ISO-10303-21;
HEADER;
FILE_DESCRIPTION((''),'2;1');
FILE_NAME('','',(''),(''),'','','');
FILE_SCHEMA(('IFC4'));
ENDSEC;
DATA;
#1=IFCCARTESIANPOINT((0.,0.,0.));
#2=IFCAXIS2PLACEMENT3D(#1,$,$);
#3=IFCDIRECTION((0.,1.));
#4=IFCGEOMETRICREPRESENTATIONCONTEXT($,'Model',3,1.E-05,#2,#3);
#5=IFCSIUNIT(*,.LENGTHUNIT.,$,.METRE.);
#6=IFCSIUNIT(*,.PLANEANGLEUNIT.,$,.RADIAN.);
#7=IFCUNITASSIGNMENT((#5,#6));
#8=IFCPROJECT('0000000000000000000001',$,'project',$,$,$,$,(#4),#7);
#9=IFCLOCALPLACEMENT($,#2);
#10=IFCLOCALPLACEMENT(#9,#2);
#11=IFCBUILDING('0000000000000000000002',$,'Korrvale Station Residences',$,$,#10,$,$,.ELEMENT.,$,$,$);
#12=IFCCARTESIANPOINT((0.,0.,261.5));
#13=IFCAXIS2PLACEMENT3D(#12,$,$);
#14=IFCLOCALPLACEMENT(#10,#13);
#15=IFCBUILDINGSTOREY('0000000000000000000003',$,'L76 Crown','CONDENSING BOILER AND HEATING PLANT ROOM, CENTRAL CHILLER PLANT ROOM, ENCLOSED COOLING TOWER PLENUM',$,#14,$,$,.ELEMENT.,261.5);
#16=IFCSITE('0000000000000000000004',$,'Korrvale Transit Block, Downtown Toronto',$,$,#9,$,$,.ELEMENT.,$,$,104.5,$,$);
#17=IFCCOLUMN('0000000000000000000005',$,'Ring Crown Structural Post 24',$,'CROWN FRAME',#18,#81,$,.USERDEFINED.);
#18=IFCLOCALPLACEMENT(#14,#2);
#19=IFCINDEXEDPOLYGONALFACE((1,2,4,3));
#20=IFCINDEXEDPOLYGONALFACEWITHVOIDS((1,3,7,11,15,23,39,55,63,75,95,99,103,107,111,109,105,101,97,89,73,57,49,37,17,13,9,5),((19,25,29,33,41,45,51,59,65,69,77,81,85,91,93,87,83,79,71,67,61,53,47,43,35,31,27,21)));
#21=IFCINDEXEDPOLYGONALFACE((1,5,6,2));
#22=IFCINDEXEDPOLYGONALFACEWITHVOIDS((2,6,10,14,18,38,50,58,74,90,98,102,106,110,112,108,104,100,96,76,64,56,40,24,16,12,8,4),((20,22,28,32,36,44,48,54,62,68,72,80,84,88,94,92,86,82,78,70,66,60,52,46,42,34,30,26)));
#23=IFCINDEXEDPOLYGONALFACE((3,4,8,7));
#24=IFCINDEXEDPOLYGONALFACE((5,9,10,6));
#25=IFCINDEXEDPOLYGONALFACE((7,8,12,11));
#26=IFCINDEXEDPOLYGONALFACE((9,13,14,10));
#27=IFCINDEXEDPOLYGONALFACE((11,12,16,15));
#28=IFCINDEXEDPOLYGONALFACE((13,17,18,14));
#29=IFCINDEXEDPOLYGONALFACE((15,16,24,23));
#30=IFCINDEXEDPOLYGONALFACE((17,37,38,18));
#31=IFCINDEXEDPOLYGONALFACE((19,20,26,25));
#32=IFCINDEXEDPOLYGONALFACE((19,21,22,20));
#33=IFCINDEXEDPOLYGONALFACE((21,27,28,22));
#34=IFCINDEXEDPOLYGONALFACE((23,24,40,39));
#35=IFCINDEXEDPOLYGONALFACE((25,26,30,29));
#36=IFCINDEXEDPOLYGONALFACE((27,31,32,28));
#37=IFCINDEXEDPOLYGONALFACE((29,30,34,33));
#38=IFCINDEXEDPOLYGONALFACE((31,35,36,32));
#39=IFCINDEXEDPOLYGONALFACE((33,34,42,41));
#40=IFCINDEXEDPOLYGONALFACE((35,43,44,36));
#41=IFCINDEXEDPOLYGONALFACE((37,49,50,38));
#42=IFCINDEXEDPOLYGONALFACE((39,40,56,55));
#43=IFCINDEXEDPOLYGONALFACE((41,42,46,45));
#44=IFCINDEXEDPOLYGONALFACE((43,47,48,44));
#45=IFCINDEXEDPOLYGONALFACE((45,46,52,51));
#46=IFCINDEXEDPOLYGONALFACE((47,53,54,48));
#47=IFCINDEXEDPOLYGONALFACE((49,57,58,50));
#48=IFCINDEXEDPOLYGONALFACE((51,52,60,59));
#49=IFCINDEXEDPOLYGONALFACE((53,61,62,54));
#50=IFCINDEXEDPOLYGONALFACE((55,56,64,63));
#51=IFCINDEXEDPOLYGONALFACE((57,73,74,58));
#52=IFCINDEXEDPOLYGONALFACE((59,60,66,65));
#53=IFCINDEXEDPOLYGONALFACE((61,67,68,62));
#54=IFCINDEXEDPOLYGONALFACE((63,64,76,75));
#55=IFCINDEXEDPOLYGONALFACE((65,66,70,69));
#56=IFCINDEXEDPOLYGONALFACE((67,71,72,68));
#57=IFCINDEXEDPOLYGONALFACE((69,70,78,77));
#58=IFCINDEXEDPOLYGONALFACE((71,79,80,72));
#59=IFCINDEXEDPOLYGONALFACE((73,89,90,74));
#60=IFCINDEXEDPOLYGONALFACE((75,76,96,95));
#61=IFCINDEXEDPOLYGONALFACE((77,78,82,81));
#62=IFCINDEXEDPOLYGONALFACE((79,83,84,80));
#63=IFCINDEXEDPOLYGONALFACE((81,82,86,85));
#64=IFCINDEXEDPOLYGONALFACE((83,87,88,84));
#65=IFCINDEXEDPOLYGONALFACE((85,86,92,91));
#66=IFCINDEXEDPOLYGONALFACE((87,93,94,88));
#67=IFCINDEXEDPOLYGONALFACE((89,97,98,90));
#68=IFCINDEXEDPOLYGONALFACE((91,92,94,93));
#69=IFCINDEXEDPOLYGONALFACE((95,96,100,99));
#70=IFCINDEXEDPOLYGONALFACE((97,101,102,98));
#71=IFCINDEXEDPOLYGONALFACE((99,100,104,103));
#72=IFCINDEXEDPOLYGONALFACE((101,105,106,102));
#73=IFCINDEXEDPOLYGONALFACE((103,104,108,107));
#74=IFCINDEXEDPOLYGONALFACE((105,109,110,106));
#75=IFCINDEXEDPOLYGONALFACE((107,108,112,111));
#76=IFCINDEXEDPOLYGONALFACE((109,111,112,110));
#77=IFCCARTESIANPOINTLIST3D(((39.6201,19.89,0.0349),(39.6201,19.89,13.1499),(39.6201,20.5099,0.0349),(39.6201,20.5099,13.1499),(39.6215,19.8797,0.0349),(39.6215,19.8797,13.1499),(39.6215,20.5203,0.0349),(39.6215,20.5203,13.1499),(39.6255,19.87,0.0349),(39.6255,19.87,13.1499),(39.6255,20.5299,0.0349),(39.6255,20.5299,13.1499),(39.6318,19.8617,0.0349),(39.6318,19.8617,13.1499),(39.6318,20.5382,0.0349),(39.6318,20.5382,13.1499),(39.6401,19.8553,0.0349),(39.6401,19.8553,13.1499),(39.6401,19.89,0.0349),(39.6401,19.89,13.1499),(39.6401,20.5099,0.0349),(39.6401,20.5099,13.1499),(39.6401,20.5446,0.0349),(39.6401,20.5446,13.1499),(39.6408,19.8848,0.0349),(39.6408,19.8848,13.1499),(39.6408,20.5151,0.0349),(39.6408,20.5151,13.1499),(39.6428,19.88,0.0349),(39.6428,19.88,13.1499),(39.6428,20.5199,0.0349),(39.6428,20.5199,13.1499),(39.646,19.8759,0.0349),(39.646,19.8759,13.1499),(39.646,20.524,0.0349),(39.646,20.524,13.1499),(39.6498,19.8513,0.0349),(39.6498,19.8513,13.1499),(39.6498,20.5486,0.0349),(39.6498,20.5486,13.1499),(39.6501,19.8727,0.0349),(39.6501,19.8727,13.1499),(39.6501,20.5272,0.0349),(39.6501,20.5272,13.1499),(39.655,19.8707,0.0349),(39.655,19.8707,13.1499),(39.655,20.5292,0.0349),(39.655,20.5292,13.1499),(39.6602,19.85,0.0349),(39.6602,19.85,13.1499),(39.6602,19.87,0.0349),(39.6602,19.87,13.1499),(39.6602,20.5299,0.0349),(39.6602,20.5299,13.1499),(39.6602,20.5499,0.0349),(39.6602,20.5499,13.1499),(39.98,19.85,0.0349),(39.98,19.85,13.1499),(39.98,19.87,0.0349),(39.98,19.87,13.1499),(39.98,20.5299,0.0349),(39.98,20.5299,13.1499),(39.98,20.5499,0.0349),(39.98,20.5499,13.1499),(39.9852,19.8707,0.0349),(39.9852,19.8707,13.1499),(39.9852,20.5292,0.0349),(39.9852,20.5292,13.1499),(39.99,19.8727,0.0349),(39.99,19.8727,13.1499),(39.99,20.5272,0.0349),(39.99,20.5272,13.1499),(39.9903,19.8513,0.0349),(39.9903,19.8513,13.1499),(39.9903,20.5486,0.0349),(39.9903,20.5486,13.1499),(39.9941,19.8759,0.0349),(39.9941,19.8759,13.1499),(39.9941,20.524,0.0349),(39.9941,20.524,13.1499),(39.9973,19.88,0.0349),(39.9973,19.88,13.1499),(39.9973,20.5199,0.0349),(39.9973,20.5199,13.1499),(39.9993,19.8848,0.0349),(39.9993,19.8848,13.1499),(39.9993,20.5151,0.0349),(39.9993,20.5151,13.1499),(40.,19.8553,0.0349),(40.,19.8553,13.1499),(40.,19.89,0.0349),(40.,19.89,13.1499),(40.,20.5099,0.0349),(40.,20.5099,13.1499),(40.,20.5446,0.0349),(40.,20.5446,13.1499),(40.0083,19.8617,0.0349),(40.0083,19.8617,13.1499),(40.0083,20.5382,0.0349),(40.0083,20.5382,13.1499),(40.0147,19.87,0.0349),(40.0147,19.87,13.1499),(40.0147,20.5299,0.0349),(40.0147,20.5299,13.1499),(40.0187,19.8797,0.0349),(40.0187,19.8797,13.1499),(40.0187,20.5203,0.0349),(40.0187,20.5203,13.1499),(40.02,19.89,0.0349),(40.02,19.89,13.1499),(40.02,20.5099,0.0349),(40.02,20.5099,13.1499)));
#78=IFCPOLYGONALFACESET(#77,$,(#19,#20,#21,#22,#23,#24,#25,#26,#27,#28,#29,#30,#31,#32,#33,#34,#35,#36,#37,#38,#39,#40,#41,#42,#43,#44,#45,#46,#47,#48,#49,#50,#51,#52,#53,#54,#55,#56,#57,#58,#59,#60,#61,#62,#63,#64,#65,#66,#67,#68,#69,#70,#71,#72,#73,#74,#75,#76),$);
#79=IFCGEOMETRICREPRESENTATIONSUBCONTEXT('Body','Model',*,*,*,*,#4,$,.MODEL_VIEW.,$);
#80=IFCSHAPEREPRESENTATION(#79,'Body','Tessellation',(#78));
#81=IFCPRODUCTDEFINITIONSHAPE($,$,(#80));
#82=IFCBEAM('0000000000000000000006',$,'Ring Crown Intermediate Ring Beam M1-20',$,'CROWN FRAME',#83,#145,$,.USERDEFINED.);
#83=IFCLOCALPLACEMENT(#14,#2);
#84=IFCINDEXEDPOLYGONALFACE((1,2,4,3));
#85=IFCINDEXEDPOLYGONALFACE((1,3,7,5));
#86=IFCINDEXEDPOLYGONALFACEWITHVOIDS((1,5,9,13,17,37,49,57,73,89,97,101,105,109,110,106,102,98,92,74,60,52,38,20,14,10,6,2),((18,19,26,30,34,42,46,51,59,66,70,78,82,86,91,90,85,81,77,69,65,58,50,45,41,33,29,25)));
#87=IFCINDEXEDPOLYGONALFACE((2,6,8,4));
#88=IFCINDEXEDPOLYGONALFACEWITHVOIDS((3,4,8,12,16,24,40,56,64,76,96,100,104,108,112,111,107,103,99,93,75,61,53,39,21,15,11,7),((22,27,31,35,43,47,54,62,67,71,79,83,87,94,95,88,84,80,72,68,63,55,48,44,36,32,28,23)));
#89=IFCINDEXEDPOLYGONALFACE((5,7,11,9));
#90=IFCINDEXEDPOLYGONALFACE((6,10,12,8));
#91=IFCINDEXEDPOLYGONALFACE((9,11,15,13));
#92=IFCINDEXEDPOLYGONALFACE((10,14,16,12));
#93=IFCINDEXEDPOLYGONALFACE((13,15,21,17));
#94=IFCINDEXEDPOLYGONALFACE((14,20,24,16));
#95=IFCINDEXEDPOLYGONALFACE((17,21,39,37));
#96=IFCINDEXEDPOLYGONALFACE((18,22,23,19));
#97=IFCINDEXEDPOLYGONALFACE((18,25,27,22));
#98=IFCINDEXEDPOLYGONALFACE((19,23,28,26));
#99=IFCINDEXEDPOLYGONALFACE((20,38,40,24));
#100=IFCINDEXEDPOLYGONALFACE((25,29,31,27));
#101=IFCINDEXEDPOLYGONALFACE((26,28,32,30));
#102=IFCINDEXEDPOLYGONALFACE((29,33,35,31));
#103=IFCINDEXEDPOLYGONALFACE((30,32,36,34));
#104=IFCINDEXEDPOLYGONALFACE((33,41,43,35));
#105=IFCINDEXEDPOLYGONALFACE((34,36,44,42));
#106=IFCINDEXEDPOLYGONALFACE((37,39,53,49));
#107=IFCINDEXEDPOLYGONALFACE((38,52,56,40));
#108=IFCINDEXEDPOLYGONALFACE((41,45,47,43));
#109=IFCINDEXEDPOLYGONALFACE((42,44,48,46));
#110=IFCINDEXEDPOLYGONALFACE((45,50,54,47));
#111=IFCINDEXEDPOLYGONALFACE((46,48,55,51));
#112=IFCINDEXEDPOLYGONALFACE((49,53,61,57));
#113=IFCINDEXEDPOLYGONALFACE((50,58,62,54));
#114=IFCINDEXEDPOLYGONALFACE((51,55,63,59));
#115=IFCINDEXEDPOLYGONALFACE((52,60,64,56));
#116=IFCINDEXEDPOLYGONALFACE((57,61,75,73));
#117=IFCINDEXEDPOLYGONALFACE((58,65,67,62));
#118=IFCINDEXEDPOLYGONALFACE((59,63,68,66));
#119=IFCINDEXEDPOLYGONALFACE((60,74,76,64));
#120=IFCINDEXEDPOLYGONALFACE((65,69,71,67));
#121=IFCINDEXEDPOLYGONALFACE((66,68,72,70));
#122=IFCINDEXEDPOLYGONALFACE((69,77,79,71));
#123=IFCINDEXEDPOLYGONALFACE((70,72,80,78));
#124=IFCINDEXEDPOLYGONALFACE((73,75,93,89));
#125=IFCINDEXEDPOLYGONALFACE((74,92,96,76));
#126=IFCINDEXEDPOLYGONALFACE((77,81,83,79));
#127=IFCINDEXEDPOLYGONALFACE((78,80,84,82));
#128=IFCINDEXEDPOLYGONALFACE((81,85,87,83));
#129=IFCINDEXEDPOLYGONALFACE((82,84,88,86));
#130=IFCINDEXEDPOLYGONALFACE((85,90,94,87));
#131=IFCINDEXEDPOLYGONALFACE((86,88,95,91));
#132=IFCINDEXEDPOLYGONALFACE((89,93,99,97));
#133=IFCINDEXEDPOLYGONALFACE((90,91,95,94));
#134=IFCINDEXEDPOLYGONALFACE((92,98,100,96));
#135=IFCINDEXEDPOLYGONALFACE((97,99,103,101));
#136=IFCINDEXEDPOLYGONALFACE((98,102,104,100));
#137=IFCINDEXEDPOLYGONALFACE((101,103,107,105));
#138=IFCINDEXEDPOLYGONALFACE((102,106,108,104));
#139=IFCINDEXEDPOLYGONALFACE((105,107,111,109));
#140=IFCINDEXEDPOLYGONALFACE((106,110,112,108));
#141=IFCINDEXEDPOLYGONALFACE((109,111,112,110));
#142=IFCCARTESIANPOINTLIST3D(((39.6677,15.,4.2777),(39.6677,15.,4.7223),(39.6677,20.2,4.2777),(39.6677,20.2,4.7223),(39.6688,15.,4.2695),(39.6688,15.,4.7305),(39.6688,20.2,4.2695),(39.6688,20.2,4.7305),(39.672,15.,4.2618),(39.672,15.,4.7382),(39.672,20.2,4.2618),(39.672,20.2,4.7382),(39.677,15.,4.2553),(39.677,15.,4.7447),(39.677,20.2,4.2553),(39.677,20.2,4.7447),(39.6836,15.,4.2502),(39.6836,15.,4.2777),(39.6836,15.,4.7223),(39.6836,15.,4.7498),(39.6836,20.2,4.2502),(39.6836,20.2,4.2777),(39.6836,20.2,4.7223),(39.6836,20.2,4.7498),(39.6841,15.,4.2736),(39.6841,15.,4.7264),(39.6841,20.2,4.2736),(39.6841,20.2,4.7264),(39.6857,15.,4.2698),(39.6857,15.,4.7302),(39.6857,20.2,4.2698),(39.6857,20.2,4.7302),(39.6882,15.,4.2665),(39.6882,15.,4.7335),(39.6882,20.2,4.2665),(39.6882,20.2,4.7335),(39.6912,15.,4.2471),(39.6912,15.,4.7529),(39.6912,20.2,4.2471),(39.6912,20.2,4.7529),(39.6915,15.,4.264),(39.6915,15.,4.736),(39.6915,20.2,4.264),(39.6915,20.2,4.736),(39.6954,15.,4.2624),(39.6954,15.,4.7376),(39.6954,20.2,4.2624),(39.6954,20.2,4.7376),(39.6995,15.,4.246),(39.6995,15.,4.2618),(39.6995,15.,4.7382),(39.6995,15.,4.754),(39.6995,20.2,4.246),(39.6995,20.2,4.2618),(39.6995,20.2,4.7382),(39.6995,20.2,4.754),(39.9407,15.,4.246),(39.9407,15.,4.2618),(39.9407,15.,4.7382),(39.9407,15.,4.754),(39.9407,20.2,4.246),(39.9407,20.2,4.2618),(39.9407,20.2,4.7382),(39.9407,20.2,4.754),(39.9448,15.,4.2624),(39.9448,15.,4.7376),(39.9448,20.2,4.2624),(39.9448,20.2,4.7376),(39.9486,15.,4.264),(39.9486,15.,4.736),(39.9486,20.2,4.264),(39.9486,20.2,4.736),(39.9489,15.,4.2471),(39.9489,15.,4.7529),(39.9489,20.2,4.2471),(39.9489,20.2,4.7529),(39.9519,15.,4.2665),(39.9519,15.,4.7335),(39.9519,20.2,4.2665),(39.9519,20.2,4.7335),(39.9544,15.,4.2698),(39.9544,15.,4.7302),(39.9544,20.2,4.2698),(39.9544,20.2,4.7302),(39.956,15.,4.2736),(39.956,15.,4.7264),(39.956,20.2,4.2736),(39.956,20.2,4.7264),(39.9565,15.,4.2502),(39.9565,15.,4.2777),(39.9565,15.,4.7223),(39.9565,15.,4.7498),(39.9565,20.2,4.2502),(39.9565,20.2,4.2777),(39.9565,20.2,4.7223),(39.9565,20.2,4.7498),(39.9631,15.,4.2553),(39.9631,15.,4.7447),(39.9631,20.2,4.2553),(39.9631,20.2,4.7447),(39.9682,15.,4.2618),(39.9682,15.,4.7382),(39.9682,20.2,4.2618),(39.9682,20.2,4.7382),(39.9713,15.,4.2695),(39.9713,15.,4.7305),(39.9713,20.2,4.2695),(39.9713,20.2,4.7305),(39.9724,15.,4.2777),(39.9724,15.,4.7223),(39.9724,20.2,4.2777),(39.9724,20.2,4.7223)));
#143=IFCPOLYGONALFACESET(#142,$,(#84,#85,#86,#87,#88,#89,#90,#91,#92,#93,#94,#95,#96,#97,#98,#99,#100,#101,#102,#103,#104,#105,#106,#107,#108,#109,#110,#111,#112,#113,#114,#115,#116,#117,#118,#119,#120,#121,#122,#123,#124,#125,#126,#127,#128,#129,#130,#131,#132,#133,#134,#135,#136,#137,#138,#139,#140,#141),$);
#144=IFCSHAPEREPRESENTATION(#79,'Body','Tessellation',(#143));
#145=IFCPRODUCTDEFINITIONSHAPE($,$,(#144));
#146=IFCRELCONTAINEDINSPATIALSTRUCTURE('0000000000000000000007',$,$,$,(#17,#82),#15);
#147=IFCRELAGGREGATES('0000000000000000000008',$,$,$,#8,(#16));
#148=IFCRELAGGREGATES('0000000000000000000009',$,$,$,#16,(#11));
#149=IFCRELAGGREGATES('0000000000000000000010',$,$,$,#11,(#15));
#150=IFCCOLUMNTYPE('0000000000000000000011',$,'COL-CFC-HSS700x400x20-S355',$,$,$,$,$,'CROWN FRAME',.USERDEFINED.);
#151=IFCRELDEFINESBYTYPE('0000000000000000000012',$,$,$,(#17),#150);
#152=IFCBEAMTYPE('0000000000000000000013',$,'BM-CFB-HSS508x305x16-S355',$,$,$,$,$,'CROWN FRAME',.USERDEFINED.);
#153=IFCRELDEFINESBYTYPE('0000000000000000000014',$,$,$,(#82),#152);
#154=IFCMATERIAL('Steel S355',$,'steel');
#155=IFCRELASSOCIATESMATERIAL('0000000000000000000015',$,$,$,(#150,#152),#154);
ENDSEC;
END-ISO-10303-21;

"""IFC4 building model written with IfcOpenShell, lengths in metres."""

from ifc_helpers import new_model, si_unit, direction, frame, origin, origin_2d, place, context, subcontext, project, spatial, hollow_rectangle, extrude, material, material_profile, profile_set, type_object, element, save


model = new_model("IFC4")

# Units and contexts
model_context = context("Model", 3, precision=1e-05, world=origin(), true_north=direction((0.0, 1.0)))
body_context = subcontext(model_context, "Body", "Model", "MODEL_VIEW")
ifc_project = project(units=[si_unit("LENGTHUNIT", "METRE"), si_unit("PLANEANGLEUNIT", "RADIAN")], contexts=[model_context])

# Site, building, storey
site_placement = place(None, origin())
site = spatial("IfcSite", under=ifc_project, at=site_placement, Name="Korrvale Transit Block, Downtown Toronto", CompositionType="ELEMENT", RefElevation=104.5)
building_placement = place(site_placement, origin())
building = spatial("IfcBuilding", under=site, at=building_placement, Name="Korrvale Station Residences", CompositionType="ELEMENT")
storey_placement = place(building_placement, frame((0.0, 0.0, 261.5)))
storey = spatial("IfcBuildingStorey", under=building, at=storey_placement, Name="L76 Crown", Description="CONDENSING BOILER AND HEATING PLANT ROOM, CENTRAL CHILLER PLANT ROOM, ENCLOSED COOLING TOWER PLENUM", CompositionType="ELEMENT", Elevation=261.5)

# Column
ifc_material_1 = material(Name="Steel S355", Category="steel")
ifc_material_profile_1 = material_profile(ifc_material_1, hollow_rectangle(XDim=0.3999, YDim=0.7, WallThickness=0.02, InnerFilletRadius=0.02, OuterFilletRadius=0.04, at=origin_2d()), Name="HSS700x400x20")
ifc_profile_set_1 = profile_set([ifc_material_profile_1], Name="Steel S355")
column_type = type_object("IfcColumnType", Name="COL-CFC-HSS700x400x20-S355", ElementType="CROWN FRAME", PredefinedType="USERDEFINED", material=ifc_profile_set_1)
column_placement = place(storey_placement, frame((39.8201, 20.2, 0.0349), z_axis=(0.0, 0.0, 1.0), x_axis=(1.0, 0.0, 0.0)))
element("IfcColumn", 1, at=column_placement, inside=storey, type_object=column_type, Name="Ring Crown Structural Post 24", ObjectType="CROWN FRAME", PredefinedType="USERDEFINED", context=body_context, shape_type="SweptSolid", body=[
    extrude(hollow_rectangle(XDim=0.3999, YDim=0.7, WallThickness=0.02, InnerFilletRadius=0.02, OuterFilletRadius=0.04, at=origin_2d()), origin(), (0.0, 0.0, 1.0), 13.115),
])

# Beam
ifc_material_profile_2 = material_profile(ifc_material_1, hollow_rectangle(XDim=0.3047, YDim=0.5081, WallThickness=0.0159, InnerFilletRadius=0.0159, OuterFilletRadius=0.0317, at=origin_2d()), Name="HSS508x305x16")
ifc_profile_set_2 = profile_set([ifc_material_profile_2], Name="Steel S355")
beam_type = type_object("IfcBeamType", Name="BM-CFB-HSS508x305x16-S355", ElementType="CROWN FRAME", PredefinedType="USERDEFINED", material=ifc_profile_set_2)
for number, where, z_axis, x_axis, name in (
    (2, (39.8201, 15.0, 4.5), (0.0, 1.0, 0.0), (-1.0, 0.0, 0.0), "Ring Crown Intermediate Ring Beam M1-20"),
):
    element("IfcBeam", number, at=place(storey_placement, frame(where, z_axis=z_axis, x_axis=x_axis)), inside=storey, type_object=beam_type, Name=name, ObjectType="CROWN FRAME", PredefinedType="USERDEFINED", context=body_context, shape_type="SweptSolid", body=[
        extrude(hollow_rectangle(XDim=0.3047, YDim=0.5081, WallThickness=0.0159, InnerFilletRadius=0.0159, OuterFilletRadius=0.0317, at=origin_2d()), origin(), (0.0, 0.0, 1.0), 5.2),
    ])

save(model, "model.ifc")
